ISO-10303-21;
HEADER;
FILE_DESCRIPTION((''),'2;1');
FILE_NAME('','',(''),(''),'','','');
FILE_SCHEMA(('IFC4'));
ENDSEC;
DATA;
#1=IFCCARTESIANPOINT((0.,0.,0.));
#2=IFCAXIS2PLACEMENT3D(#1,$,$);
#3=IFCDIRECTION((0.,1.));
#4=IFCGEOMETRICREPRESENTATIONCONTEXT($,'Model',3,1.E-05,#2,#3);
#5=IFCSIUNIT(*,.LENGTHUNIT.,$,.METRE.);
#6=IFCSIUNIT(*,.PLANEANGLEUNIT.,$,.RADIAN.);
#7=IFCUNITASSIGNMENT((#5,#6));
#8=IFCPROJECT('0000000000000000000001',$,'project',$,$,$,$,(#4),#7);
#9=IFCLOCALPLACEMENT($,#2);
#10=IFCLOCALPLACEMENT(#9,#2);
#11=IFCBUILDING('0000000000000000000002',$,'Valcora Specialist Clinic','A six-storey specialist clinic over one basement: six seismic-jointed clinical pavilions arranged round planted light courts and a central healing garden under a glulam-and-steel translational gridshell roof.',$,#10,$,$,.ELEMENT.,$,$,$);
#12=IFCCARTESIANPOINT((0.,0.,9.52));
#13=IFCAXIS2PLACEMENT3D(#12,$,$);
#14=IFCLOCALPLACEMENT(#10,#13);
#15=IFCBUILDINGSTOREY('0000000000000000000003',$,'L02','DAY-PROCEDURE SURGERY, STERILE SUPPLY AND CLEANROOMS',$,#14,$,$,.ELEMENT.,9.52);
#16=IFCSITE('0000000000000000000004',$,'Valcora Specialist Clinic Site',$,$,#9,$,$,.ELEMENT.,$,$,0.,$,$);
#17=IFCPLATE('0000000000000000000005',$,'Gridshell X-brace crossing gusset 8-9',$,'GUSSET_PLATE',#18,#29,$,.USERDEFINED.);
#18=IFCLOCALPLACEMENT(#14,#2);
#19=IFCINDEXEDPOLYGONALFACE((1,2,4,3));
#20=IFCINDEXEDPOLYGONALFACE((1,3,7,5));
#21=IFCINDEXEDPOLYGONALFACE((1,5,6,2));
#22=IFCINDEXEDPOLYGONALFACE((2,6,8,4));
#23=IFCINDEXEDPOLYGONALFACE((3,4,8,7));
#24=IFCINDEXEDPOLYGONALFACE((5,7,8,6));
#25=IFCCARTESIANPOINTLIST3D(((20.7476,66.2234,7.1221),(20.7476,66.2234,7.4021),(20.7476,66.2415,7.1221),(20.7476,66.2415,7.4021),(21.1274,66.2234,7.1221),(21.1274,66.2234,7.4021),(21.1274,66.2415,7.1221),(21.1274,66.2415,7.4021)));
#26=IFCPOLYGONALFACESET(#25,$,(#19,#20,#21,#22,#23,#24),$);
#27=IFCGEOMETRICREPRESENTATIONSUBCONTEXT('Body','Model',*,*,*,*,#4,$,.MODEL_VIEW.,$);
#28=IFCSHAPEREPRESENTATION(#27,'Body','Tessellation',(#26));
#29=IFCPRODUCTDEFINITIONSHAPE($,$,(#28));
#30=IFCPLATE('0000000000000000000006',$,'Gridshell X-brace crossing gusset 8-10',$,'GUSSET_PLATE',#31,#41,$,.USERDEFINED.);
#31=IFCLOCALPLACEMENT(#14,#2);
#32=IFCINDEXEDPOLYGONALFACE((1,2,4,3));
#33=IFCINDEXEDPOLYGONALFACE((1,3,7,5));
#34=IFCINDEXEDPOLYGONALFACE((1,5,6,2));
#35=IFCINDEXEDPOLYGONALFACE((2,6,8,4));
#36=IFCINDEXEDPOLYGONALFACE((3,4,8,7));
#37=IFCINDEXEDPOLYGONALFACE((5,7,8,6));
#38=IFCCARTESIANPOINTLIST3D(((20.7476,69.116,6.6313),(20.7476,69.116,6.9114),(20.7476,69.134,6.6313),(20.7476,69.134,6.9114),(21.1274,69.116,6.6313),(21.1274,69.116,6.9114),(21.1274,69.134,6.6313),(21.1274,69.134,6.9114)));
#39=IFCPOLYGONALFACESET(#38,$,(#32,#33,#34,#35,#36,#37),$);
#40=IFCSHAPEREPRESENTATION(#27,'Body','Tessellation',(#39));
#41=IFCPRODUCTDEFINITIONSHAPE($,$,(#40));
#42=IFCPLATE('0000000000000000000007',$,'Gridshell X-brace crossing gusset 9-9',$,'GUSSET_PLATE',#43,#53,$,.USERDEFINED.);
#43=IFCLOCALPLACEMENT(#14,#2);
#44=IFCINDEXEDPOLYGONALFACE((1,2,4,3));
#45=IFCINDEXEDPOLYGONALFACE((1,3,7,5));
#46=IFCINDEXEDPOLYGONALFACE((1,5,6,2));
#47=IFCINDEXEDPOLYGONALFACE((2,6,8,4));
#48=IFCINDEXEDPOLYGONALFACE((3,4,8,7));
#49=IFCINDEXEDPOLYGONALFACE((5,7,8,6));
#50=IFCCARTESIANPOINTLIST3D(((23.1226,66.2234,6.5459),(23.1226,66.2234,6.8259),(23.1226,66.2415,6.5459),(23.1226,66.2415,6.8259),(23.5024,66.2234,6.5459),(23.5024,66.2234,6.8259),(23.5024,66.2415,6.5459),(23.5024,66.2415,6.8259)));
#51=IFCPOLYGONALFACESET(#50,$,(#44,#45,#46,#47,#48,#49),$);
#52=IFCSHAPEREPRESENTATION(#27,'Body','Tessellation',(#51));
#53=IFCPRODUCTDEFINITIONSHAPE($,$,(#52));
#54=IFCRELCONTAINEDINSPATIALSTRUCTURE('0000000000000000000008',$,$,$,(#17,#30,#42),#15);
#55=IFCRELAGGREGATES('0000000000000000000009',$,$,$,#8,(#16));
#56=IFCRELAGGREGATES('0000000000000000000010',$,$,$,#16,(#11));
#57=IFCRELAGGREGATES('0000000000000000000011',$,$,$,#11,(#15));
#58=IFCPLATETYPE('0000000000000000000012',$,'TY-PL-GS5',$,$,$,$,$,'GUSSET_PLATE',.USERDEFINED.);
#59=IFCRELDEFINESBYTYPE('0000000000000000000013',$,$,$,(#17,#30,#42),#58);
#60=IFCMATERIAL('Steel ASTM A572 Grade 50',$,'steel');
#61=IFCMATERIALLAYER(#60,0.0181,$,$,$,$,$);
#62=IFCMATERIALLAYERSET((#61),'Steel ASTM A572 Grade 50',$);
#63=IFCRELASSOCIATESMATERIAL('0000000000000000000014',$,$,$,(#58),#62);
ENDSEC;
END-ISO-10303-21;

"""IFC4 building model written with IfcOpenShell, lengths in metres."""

from ifc_helpers import new_model, si_unit, direction, frame, origin, origin_2d, place, context, subcontext, project, spatial, rectangle, extrude, material, layer, layer_set, type_object, element, save


model = new_model("IFC4")

# Units and contexts
model_context = context("Model", 3, precision=1e-05, world=origin(), true_north=direction((0.0, 1.0)))
body_context = subcontext(model_context, "Body", "Model", "MODEL_VIEW")
ifc_project = project(units=[si_unit("LENGTHUNIT", "METRE"), si_unit("PLANEANGLEUNIT", "RADIAN")], contexts=[model_context])

# Site, building, storey
site_placement = place(None, origin())
site = spatial("IfcSite", under=ifc_project, at=site_placement, Name="Valcora Specialist Clinic Site", CompositionType="ELEMENT", RefElevation=0.0)
building_placement = place(site_placement, origin())
building = spatial("IfcBuilding", under=site, at=building_placement, Name="Valcora Specialist Clinic", Description="A six-storey specialist clinic over one basement: six seismic-jointed clinical pavilions arranged round planted light courts and a central healing garden under a glulam-and-steel translational gridshell roof.", CompositionType="ELEMENT")
storey_placement = place(building_placement, frame((0.0, 0.0, 9.52)))
storey = spatial("IfcBuildingStorey", under=building, at=storey_placement, Name="L02", Description="DAY-PROCEDURE SURGERY, STERILE SUPPLY AND CLEANROOMS", CompositionType="ELEMENT", Elevation=9.52)

# Plates
ifc_material_1 = material(Name="Steel ASTM A572 Grade 50", Category="steel")
ifc_layer_1 = layer(ifc_material_1, 0.0181)
ifc_layer_set_1 = layer_set([ifc_layer_1], Name="Steel ASTM A572 Grade 50")
plate_type_1 = type_object("IfcPlateType", Name="TY-PL-GS5", ElementType="GUSSET_PLATE", PredefinedType="USERDEFINED", material=ifc_layer_set_1)
for number, where, z_axis, x_axis, name in (
    (1, (20.9375, 66.2324, 7.1221), (0.0, 0.0, 1.0), (1.0, 0.0, 0.0), "Gridshell X-brace crossing gusset 8-9"),
    (2, (20.9375, 69.125, 6.6313), (0.0, 0.0, 1.0), (1.0, 0.0, 0.0), "Gridshell X-brace crossing gusset 8-10"),
    (3, (23.3125, 66.2324, 6.5459), (0.0, 0.0, 1.0), (1.0, 0.0, 0.0), "Gridshell X-brace crossing gusset 9-9"),
):
    element("IfcPlate", number, at=place(storey_placement, frame(where, z_axis=z_axis, x_axis=x_axis)), inside=storey, type_object=plate_type_1, Name=name, ObjectType="GUSSET_PLATE", PredefinedType="USERDEFINED", context=body_context, shape_type="SweptSolid", body=[
        extrude(rectangle(XDim=0.3799, YDim=0.0181, at=origin_2d()), origin(), (0.0, 0.0, 1.0), 0.28),
    ])

save(model, "model.ifc")
